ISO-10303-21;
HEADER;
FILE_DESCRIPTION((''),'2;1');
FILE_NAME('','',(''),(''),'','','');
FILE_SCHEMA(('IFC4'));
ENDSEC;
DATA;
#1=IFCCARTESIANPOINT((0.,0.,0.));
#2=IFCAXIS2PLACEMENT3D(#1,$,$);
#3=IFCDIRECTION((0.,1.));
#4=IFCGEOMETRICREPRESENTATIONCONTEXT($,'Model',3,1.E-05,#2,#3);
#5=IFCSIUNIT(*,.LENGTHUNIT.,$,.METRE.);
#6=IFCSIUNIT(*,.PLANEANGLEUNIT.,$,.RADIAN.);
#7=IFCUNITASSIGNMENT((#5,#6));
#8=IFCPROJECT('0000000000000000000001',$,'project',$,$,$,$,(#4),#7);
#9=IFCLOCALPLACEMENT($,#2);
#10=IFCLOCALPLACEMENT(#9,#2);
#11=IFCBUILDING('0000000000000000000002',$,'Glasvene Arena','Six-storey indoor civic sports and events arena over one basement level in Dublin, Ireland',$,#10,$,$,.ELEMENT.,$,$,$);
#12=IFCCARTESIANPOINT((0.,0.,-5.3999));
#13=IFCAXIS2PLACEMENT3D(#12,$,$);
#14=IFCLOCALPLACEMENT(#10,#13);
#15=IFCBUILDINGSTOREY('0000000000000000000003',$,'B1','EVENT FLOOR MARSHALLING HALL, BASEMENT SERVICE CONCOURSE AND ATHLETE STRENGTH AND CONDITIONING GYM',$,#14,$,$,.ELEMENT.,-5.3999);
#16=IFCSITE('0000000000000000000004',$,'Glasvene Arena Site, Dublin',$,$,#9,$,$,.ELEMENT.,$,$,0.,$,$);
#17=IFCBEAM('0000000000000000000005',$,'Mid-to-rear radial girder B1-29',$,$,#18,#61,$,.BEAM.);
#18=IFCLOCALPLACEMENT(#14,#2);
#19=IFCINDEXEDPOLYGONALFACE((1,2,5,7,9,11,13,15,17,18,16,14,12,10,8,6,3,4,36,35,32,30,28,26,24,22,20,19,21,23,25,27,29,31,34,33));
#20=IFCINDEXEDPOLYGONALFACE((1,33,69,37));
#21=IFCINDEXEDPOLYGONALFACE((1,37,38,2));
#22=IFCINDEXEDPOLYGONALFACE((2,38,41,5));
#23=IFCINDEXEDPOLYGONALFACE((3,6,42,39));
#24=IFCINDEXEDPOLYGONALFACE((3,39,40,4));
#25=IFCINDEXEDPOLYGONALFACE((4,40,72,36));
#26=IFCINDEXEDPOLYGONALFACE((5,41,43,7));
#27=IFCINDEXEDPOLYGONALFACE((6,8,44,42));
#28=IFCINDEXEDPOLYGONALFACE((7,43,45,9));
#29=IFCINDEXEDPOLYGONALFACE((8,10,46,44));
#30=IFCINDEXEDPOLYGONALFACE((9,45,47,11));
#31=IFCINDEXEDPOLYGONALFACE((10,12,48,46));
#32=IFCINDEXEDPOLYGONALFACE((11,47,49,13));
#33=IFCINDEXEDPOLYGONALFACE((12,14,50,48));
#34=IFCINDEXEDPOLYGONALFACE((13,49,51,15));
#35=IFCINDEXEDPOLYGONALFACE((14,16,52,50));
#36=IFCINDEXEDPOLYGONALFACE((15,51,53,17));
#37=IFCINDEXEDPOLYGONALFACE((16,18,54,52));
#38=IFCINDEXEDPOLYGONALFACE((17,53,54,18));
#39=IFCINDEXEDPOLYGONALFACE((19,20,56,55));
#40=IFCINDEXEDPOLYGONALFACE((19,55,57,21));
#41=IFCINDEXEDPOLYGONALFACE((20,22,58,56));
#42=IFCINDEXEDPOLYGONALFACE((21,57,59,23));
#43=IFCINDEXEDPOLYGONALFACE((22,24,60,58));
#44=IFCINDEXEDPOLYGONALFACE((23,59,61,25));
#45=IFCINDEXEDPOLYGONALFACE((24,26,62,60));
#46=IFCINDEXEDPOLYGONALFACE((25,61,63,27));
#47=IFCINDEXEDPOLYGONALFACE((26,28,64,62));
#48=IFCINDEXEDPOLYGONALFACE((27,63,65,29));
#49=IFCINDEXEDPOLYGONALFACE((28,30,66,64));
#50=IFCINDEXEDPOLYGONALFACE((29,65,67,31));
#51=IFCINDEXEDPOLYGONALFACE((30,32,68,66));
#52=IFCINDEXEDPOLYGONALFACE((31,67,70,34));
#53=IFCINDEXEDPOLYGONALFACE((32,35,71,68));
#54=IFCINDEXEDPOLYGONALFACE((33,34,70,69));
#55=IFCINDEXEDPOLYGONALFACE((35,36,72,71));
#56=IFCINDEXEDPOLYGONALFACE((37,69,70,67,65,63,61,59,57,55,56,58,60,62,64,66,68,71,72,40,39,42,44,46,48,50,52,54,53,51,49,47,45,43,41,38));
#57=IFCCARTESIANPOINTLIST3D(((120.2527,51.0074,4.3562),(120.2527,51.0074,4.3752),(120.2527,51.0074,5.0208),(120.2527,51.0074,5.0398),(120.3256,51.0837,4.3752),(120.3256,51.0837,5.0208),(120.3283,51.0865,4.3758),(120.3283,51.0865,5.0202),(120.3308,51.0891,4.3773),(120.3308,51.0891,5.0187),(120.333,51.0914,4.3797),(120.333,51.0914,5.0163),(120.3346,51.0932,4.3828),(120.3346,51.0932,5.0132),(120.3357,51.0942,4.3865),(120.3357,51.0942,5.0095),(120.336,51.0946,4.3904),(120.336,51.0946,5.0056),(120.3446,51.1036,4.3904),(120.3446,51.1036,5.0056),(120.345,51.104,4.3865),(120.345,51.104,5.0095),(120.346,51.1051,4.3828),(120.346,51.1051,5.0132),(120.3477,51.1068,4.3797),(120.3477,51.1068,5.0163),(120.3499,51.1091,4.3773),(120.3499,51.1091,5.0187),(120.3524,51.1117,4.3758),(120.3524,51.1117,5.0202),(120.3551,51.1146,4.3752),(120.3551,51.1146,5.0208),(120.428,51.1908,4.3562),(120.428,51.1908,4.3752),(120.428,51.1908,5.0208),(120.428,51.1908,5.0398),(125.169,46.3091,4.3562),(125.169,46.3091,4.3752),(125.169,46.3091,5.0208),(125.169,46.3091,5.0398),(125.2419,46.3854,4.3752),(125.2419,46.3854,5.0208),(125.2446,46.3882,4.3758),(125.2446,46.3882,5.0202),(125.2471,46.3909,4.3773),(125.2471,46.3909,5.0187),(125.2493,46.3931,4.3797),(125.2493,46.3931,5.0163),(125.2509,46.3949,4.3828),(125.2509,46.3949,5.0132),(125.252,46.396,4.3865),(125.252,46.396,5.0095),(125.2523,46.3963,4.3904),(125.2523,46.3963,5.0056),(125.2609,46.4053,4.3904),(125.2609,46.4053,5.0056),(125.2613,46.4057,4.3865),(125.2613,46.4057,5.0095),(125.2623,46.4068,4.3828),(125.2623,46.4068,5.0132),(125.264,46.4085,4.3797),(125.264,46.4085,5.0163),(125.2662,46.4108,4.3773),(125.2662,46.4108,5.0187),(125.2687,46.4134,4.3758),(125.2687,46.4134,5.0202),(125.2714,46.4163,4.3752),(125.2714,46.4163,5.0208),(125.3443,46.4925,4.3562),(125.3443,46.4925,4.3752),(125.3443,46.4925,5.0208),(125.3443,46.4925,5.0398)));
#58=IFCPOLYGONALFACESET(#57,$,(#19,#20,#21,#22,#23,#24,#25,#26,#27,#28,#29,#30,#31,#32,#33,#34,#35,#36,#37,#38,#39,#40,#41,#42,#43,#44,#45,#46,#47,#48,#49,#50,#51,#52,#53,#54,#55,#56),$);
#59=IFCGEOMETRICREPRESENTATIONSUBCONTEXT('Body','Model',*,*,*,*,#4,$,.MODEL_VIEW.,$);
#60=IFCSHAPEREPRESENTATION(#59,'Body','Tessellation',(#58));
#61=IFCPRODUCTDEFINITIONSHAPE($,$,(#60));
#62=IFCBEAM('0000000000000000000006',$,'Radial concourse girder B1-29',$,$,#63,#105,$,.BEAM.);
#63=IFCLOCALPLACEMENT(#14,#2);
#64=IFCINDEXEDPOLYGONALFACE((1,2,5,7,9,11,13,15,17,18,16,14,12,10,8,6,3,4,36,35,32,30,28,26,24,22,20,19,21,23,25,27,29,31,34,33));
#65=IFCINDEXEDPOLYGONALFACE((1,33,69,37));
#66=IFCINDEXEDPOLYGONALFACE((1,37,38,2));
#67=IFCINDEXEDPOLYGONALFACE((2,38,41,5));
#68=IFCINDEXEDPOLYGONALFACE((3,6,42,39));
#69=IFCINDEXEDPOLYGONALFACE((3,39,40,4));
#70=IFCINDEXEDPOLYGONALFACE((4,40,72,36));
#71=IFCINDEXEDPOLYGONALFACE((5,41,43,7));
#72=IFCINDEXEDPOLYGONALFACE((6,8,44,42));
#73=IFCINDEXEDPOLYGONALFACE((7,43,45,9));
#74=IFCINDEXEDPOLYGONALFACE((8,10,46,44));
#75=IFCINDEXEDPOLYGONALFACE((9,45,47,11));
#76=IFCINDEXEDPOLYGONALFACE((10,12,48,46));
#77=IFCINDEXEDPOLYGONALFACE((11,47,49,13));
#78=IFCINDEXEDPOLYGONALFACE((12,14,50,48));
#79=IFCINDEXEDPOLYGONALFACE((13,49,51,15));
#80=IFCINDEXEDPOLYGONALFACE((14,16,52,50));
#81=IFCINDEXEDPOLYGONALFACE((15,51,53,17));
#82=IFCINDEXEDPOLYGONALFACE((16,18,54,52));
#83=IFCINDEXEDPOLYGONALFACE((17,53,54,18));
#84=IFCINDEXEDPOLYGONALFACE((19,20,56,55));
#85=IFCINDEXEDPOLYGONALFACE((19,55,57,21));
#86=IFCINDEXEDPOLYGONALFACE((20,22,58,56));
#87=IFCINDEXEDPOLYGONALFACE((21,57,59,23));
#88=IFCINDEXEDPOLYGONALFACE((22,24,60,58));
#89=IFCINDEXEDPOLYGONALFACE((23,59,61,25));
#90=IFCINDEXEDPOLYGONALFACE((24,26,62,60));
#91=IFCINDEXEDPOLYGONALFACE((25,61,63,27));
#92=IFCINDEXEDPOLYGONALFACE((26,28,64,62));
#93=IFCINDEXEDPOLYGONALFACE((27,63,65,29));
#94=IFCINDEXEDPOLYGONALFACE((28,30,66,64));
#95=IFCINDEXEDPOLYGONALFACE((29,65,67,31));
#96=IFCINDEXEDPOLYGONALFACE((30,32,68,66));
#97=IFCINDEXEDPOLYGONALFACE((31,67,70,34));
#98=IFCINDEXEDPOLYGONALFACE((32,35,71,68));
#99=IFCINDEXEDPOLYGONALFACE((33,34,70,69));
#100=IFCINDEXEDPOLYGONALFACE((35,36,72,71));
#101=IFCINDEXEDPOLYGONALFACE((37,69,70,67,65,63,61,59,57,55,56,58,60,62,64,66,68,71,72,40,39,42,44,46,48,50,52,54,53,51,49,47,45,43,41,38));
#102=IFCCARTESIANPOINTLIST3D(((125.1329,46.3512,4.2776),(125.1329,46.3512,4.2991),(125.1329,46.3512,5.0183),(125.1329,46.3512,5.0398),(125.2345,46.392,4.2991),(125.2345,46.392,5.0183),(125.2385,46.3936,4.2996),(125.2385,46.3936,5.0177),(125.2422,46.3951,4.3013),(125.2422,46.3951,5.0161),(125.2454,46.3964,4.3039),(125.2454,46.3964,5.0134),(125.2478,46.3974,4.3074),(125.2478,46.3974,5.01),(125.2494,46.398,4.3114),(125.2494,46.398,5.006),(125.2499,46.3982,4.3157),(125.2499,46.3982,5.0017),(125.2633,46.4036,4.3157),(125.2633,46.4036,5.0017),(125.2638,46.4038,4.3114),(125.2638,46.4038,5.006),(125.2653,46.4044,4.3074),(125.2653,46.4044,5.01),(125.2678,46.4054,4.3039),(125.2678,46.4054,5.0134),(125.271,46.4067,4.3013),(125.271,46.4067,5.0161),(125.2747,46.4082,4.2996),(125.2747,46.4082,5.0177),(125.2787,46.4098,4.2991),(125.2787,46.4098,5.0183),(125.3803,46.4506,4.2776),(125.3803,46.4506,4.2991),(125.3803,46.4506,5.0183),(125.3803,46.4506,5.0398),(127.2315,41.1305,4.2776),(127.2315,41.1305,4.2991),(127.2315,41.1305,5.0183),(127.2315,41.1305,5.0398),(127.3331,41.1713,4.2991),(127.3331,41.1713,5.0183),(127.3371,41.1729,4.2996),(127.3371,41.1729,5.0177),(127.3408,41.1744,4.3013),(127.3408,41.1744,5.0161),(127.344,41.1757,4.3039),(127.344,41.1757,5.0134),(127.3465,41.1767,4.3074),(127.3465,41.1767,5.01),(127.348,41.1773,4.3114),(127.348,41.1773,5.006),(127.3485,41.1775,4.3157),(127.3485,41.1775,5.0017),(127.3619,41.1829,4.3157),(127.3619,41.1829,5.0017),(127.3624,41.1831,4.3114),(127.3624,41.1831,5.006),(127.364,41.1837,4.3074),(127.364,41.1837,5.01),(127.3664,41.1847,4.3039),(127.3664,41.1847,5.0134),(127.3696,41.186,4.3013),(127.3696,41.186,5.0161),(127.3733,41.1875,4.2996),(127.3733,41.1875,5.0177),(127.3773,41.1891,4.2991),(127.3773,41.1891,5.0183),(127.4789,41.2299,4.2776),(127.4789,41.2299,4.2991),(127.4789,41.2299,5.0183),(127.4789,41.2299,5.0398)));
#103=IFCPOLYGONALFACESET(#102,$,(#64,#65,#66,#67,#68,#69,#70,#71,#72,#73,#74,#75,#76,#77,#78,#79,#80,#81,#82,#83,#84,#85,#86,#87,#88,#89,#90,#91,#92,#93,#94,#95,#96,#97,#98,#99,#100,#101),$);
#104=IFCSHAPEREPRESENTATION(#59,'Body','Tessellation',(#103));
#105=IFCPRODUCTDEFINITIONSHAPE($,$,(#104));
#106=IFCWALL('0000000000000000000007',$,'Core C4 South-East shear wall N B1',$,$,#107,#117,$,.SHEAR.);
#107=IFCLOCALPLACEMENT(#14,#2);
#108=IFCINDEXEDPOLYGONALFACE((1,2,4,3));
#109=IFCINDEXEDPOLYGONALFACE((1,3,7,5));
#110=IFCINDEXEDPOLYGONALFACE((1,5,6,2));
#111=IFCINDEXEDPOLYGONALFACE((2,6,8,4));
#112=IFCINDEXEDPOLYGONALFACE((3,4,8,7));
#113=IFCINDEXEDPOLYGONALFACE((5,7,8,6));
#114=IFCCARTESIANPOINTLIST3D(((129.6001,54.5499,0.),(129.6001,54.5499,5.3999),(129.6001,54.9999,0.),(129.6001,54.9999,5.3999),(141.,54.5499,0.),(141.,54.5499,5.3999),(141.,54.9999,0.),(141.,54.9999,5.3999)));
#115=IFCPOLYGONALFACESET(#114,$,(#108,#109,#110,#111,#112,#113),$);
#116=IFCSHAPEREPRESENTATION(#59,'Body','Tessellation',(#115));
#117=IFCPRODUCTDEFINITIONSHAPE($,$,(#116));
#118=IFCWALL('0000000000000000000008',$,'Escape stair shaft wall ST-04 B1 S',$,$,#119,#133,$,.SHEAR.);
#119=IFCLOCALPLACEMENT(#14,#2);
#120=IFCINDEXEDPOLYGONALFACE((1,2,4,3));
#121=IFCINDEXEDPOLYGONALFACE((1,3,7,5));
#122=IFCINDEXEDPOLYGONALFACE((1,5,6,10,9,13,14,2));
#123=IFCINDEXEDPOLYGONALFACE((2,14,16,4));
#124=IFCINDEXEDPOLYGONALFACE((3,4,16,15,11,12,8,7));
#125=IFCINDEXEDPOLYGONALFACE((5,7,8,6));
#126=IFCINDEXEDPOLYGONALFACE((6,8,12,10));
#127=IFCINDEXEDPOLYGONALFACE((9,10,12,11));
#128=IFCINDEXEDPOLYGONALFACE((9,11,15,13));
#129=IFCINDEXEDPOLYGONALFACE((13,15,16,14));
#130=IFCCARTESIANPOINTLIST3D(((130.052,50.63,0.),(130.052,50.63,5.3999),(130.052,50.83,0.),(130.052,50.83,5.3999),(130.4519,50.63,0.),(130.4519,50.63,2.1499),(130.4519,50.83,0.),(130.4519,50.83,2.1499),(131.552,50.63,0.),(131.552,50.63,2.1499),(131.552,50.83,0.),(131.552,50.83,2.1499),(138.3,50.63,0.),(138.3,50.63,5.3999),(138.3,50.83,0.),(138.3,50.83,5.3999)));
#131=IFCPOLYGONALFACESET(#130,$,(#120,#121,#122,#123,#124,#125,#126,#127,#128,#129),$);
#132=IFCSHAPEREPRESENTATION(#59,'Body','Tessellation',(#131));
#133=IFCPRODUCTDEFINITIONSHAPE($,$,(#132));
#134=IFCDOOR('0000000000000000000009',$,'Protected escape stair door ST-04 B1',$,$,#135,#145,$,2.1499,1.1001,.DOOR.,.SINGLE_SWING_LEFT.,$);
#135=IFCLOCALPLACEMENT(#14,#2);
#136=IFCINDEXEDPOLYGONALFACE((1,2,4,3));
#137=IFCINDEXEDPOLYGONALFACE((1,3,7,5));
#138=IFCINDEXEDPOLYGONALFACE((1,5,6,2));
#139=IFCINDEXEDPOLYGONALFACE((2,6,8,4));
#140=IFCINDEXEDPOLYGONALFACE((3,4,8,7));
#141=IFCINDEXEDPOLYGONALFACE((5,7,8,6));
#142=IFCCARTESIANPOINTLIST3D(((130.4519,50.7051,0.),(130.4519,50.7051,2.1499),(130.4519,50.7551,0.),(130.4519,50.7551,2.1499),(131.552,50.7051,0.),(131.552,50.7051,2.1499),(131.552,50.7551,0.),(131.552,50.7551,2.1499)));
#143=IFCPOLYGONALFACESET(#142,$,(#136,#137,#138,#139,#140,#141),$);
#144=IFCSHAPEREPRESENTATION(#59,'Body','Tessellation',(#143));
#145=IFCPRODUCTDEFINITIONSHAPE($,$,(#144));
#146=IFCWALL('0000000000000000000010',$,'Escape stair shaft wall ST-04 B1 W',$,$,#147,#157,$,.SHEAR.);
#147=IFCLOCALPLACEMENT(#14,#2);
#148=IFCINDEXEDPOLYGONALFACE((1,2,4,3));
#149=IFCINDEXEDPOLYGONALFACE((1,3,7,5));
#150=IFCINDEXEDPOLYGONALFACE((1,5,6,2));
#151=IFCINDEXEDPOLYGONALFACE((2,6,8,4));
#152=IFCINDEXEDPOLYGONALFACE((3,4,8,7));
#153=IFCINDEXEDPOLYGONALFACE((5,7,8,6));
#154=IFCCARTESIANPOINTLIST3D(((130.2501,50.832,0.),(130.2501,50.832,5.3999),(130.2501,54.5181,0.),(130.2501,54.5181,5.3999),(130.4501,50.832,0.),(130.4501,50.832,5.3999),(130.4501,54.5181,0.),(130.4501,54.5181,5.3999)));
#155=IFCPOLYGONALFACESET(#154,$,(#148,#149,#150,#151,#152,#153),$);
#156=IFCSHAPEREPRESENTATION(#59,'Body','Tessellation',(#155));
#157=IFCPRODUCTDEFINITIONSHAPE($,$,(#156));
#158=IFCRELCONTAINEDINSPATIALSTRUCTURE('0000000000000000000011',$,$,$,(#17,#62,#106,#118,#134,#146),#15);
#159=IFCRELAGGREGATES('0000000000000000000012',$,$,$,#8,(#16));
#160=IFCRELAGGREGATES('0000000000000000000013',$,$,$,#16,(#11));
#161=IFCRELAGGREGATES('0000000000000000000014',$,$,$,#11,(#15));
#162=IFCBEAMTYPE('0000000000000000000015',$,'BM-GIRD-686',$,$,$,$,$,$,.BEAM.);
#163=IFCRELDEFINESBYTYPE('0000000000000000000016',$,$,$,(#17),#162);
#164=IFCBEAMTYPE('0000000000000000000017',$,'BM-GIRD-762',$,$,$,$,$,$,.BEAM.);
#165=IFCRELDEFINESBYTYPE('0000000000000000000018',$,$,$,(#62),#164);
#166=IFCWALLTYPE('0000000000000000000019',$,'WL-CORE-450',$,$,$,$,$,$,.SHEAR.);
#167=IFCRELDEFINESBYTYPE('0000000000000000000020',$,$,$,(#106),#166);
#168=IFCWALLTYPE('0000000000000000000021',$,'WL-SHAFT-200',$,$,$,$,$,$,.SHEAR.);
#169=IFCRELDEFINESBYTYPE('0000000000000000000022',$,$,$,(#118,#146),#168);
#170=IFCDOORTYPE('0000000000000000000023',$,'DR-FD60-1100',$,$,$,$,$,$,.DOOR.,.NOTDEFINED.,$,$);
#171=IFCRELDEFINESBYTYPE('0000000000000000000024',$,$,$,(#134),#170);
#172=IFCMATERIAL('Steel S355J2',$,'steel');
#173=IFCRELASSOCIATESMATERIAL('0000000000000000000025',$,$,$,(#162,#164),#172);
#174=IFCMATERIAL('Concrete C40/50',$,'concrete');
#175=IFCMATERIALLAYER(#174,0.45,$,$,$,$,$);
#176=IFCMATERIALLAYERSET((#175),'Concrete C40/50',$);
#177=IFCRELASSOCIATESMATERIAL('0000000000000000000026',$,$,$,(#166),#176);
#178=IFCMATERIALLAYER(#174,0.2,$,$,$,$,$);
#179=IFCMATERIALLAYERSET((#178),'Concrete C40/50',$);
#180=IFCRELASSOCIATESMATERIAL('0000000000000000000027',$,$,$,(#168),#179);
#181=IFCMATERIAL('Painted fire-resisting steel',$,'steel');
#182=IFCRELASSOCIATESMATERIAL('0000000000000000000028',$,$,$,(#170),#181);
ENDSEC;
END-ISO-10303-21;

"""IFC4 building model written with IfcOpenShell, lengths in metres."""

from ifc_helpers import new_model, si_unit, direction, frame, frame_2d, origin, origin_2d, place, context, subcontext, project, spatial, rectangle, i_section, extrude, material, layer, layer_set, material_profile, profile_set, type_object, element, fill, save


model = new_model("IFC4")

# Units and contexts
model_context = context("Model", 3, precision=1e-05, world=origin(), true_north=direction((0.0, 1.0)))
body_context = subcontext(model_context, "Body", "Model", "MODEL_VIEW")
ifc_project = project(units=[si_unit("LENGTHUNIT", "METRE"), si_unit("PLANEANGLEUNIT", "RADIAN")], contexts=[model_context])

# Site, building, storey
site_placement = place(None, origin())
site = spatial("IfcSite", under=ifc_project, at=site_placement, Name="Glasvene Arena Site, Dublin", CompositionType="ELEMENT", RefElevation=0.0)
building_placement = place(site_placement, origin())
building = spatial("IfcBuilding", under=site, at=building_placement, Name="Glasvene Arena", Description="Six-storey indoor civic sports and events arena over one basement level in Dublin, Ireland", CompositionType="ELEMENT")
storey_placement = place(building_placement, frame((0.0, 0.0, -5.3999)))
storey = spatial("IfcBuildingStorey", under=building, at=storey_placement, Name="B1", Description="EVENT FLOOR MARSHALLING HALL, BASEMENT SERVICE CONCOURSE AND ATHLETE STRENGTH AND CONDITIONING GYM", CompositionType="ELEMENT", Elevation=-5.3999)

# Shared definitions
ifc_material_1 = material(Name="Concrete C40/50", Category="concrete")

# Shared definitions
ifc_material_2 = material(Name="Steel S355J2", Category="steel")

# Beams
ifc_material_profile_1 = material_profile(ifc_material_2, i_section(OverallWidth=0.2537, OverallDepth=0.6836, WebThickness=0.0125, FlangeThickness=0.019, FilletRadius=0.0151, at=origin_2d()), Name="UKB 686x254x140")
ifc_profile_set_1 = profile_set([ifc_material_profile_1], Name="Steel S355J2")
beam_type_1 = type_object("IfcBeamType", Name="BM-GIRD-686", PredefinedType="BEAM", material=ifc_profile_set_1)
beam_1_placement = place(storey_placement, frame((120.3403, 51.0991, 4.698), z_axis=(0.722955, -0.690895, 0.0), x_axis=(0.690895, 0.722955, 0.0)))
element("IfcBeam", 1, at=beam_1_placement, inside=storey, type_object=beam_type_1, Name="Mid-to-rear radial girder B1-29", PredefinedType="BEAM", context=body_context, shape_type="SweptSolid", body=[
    extrude(i_section(OverallWidth=0.2537, OverallDepth=0.6836, WebThickness=0.0125, FlangeThickness=0.019, FilletRadius=0.0151, at=origin_2d()), origin(), (0.0, 0.0, 1.0), 6.8003),
])
ifc_material_profile_2 = material_profile(ifc_material_2, i_section(OverallWidth=0.2666, OverallDepth=0.7622, WebThickness=0.0144, FlangeThickness=0.0215, FilletRadius=0.0166, at=origin_2d()), Name="UKB 762x267x173")
ifc_profile_set_2 = profile_set([ifc_material_profile_2], Name="Steel S355J2")
beam_type_2 = type_object("IfcBeamType", Name="BM-GIRD-762", PredefinedType="BEAM", material=ifc_profile_set_2)
beam_2_placement = place(storey_placement, frame((125.2566, 46.4009, 4.6587), z_axis=(0.372976, -0.927841, 0.0), x_axis=(0.927841, 0.372976, 0.0)))
element("IfcBeam", 2, at=beam_2_placement, inside=storey, type_object=beam_type_2, Name="Radial concourse girder B1-29", PredefinedType="BEAM", context=body_context, shape_type="SweptSolid", body=[
    extrude(i_section(OverallWidth=0.2666, OverallDepth=0.7622, WebThickness=0.0144, FlangeThickness=0.0215, FilletRadius=0.0166, at=origin_2d()), origin(), (0.0, 0.0, 1.0), 5.6267),
])

# Wall
ifc_layer_1 = layer(ifc_material_1, 0.45)
ifc_layer_set_1 = layer_set([ifc_layer_1], Name="Concrete C40/50")
wall_type_1 = type_object("IfcWallType", Name="WL-CORE-450", PredefinedType="SHEAR", material=ifc_layer_set_1)
wall_1_placement = place(storey_placement, frame((129.6001, 54.7749, 0.0), z_axis=(0.0, 0.0, 1.0), x_axis=(1.0, 0.0, 0.0)))
element("IfcWall", 3, at=wall_1_placement, inside=storey, type_object=wall_type_1, Name="Core C4 South-East shear wall N B1", PredefinedType="SHEAR", context=body_context, shape_type="SweptSolid", body=[
    extrude(rectangle(XDim=11.3999, YDim=0.45, at=frame_2d((5.7, 0.0))), origin(), (0.0, 0.0, 1.0), 5.3999),
])

# Wall, opening, door
ifc_layer_2 = layer(ifc_material_1, 0.2)
ifc_layer_set_2 = layer_set([ifc_layer_2], Name="Concrete C40/50")
wall_type_2 = type_object("IfcWallType", Name="WL-SHAFT-200", PredefinedType="SHEAR", material=ifc_layer_set_2)
wall_2_placement = place(storey_placement, frame((130.052, 50.73, 0.0), z_axis=(0.0, 0.0, 1.0), x_axis=(1.0, 0.0, 0.0)))
wall_2 = element("IfcWall", 4, at=wall_2_placement, inside=storey, type_object=wall_type_2, Name="Escape stair shaft wall ST-04 B1 S", PredefinedType="SHEAR", context=body_context, shape_type="SweptSolid", body=[
    extrude(rectangle(XDim=8.248, YDim=0.2, at=frame_2d((4.124, 0.0))), origin(), (0.0, 0.0, 1.0), 5.3999),
])
opening_placement = place(wall_2_placement, frame((0.3999, 0.0, 0.0)))
opening = element("IfcOpeningElement", 5, at=opening_placement, cuts=wall_2, PredefinedType="OPENING", context=body_context, shape_type="SweptSolid", body=[
    extrude(rectangle(XDim=1.1001, YDim=2.1499, at=frame_2d((0.55, 1.075))), frame((0.0, 0.1099, 0.0), z_axis=(0.0, -1.0, 0.0), x_axis=(1.0, 0.0, 0.0)), (0.0, 0.0, 1.0), 0.22),
])
ifc_material_3 = material(Name="Painted fire-resisting steel", Category="steel")
door_type = type_object("IfcDoorType", Name="DR-FD60-1100", OperationType="NOTDEFINED", PredefinedType="DOOR", material=ifc_material_3)
door_placement = place(opening_placement, frame((1.1001, 0.0, 0.0), z_axis=(0.0, 0.0, 1.0), x_axis=(-1.0, 0.0, 0.0)))
door = element("IfcDoor", 6, at=door_placement, inside=storey, type_object=door_type, Name="Protected escape stair door ST-04 B1", OperationType="SINGLE_SWING_LEFT", OverallHeight=2.1499, OverallWidth=1.1001, PredefinedType="DOOR", context=body_context, shape_type="SweptSolid", body=[
    extrude(rectangle(XDim=1.1001, YDim=2.1499, at=frame_2d((0.55, 1.075))), frame((0.0, 0.0249, 0.0), z_axis=(0.0, -1.0, 0.0), x_axis=(1.0, 0.0, 0.0)), (0.0, 0.0, 1.0), 0.05),
])
fill(opening, door)

# Wall
wall_3_placement = place(storey_placement, frame((130.3501, 50.832, 0.0), z_axis=(0.0, 0.0, 1.0), x_axis=(0.0, 1.0, 0.0)))
element("IfcWall", 7, at=wall_3_placement, inside=storey, type_object=wall_type_2, Name="Escape stair shaft wall ST-04 B1 W", PredefinedType="SHEAR", context=body_context, shape_type="SweptSolid", body=[
    extrude(rectangle(XDim=3.686, YDim=0.2, at=frame_2d((1.843, 0.0))), origin(), (0.0, 0.0, 1.0), 5.3999),
])

save(model, "model.ifc")
